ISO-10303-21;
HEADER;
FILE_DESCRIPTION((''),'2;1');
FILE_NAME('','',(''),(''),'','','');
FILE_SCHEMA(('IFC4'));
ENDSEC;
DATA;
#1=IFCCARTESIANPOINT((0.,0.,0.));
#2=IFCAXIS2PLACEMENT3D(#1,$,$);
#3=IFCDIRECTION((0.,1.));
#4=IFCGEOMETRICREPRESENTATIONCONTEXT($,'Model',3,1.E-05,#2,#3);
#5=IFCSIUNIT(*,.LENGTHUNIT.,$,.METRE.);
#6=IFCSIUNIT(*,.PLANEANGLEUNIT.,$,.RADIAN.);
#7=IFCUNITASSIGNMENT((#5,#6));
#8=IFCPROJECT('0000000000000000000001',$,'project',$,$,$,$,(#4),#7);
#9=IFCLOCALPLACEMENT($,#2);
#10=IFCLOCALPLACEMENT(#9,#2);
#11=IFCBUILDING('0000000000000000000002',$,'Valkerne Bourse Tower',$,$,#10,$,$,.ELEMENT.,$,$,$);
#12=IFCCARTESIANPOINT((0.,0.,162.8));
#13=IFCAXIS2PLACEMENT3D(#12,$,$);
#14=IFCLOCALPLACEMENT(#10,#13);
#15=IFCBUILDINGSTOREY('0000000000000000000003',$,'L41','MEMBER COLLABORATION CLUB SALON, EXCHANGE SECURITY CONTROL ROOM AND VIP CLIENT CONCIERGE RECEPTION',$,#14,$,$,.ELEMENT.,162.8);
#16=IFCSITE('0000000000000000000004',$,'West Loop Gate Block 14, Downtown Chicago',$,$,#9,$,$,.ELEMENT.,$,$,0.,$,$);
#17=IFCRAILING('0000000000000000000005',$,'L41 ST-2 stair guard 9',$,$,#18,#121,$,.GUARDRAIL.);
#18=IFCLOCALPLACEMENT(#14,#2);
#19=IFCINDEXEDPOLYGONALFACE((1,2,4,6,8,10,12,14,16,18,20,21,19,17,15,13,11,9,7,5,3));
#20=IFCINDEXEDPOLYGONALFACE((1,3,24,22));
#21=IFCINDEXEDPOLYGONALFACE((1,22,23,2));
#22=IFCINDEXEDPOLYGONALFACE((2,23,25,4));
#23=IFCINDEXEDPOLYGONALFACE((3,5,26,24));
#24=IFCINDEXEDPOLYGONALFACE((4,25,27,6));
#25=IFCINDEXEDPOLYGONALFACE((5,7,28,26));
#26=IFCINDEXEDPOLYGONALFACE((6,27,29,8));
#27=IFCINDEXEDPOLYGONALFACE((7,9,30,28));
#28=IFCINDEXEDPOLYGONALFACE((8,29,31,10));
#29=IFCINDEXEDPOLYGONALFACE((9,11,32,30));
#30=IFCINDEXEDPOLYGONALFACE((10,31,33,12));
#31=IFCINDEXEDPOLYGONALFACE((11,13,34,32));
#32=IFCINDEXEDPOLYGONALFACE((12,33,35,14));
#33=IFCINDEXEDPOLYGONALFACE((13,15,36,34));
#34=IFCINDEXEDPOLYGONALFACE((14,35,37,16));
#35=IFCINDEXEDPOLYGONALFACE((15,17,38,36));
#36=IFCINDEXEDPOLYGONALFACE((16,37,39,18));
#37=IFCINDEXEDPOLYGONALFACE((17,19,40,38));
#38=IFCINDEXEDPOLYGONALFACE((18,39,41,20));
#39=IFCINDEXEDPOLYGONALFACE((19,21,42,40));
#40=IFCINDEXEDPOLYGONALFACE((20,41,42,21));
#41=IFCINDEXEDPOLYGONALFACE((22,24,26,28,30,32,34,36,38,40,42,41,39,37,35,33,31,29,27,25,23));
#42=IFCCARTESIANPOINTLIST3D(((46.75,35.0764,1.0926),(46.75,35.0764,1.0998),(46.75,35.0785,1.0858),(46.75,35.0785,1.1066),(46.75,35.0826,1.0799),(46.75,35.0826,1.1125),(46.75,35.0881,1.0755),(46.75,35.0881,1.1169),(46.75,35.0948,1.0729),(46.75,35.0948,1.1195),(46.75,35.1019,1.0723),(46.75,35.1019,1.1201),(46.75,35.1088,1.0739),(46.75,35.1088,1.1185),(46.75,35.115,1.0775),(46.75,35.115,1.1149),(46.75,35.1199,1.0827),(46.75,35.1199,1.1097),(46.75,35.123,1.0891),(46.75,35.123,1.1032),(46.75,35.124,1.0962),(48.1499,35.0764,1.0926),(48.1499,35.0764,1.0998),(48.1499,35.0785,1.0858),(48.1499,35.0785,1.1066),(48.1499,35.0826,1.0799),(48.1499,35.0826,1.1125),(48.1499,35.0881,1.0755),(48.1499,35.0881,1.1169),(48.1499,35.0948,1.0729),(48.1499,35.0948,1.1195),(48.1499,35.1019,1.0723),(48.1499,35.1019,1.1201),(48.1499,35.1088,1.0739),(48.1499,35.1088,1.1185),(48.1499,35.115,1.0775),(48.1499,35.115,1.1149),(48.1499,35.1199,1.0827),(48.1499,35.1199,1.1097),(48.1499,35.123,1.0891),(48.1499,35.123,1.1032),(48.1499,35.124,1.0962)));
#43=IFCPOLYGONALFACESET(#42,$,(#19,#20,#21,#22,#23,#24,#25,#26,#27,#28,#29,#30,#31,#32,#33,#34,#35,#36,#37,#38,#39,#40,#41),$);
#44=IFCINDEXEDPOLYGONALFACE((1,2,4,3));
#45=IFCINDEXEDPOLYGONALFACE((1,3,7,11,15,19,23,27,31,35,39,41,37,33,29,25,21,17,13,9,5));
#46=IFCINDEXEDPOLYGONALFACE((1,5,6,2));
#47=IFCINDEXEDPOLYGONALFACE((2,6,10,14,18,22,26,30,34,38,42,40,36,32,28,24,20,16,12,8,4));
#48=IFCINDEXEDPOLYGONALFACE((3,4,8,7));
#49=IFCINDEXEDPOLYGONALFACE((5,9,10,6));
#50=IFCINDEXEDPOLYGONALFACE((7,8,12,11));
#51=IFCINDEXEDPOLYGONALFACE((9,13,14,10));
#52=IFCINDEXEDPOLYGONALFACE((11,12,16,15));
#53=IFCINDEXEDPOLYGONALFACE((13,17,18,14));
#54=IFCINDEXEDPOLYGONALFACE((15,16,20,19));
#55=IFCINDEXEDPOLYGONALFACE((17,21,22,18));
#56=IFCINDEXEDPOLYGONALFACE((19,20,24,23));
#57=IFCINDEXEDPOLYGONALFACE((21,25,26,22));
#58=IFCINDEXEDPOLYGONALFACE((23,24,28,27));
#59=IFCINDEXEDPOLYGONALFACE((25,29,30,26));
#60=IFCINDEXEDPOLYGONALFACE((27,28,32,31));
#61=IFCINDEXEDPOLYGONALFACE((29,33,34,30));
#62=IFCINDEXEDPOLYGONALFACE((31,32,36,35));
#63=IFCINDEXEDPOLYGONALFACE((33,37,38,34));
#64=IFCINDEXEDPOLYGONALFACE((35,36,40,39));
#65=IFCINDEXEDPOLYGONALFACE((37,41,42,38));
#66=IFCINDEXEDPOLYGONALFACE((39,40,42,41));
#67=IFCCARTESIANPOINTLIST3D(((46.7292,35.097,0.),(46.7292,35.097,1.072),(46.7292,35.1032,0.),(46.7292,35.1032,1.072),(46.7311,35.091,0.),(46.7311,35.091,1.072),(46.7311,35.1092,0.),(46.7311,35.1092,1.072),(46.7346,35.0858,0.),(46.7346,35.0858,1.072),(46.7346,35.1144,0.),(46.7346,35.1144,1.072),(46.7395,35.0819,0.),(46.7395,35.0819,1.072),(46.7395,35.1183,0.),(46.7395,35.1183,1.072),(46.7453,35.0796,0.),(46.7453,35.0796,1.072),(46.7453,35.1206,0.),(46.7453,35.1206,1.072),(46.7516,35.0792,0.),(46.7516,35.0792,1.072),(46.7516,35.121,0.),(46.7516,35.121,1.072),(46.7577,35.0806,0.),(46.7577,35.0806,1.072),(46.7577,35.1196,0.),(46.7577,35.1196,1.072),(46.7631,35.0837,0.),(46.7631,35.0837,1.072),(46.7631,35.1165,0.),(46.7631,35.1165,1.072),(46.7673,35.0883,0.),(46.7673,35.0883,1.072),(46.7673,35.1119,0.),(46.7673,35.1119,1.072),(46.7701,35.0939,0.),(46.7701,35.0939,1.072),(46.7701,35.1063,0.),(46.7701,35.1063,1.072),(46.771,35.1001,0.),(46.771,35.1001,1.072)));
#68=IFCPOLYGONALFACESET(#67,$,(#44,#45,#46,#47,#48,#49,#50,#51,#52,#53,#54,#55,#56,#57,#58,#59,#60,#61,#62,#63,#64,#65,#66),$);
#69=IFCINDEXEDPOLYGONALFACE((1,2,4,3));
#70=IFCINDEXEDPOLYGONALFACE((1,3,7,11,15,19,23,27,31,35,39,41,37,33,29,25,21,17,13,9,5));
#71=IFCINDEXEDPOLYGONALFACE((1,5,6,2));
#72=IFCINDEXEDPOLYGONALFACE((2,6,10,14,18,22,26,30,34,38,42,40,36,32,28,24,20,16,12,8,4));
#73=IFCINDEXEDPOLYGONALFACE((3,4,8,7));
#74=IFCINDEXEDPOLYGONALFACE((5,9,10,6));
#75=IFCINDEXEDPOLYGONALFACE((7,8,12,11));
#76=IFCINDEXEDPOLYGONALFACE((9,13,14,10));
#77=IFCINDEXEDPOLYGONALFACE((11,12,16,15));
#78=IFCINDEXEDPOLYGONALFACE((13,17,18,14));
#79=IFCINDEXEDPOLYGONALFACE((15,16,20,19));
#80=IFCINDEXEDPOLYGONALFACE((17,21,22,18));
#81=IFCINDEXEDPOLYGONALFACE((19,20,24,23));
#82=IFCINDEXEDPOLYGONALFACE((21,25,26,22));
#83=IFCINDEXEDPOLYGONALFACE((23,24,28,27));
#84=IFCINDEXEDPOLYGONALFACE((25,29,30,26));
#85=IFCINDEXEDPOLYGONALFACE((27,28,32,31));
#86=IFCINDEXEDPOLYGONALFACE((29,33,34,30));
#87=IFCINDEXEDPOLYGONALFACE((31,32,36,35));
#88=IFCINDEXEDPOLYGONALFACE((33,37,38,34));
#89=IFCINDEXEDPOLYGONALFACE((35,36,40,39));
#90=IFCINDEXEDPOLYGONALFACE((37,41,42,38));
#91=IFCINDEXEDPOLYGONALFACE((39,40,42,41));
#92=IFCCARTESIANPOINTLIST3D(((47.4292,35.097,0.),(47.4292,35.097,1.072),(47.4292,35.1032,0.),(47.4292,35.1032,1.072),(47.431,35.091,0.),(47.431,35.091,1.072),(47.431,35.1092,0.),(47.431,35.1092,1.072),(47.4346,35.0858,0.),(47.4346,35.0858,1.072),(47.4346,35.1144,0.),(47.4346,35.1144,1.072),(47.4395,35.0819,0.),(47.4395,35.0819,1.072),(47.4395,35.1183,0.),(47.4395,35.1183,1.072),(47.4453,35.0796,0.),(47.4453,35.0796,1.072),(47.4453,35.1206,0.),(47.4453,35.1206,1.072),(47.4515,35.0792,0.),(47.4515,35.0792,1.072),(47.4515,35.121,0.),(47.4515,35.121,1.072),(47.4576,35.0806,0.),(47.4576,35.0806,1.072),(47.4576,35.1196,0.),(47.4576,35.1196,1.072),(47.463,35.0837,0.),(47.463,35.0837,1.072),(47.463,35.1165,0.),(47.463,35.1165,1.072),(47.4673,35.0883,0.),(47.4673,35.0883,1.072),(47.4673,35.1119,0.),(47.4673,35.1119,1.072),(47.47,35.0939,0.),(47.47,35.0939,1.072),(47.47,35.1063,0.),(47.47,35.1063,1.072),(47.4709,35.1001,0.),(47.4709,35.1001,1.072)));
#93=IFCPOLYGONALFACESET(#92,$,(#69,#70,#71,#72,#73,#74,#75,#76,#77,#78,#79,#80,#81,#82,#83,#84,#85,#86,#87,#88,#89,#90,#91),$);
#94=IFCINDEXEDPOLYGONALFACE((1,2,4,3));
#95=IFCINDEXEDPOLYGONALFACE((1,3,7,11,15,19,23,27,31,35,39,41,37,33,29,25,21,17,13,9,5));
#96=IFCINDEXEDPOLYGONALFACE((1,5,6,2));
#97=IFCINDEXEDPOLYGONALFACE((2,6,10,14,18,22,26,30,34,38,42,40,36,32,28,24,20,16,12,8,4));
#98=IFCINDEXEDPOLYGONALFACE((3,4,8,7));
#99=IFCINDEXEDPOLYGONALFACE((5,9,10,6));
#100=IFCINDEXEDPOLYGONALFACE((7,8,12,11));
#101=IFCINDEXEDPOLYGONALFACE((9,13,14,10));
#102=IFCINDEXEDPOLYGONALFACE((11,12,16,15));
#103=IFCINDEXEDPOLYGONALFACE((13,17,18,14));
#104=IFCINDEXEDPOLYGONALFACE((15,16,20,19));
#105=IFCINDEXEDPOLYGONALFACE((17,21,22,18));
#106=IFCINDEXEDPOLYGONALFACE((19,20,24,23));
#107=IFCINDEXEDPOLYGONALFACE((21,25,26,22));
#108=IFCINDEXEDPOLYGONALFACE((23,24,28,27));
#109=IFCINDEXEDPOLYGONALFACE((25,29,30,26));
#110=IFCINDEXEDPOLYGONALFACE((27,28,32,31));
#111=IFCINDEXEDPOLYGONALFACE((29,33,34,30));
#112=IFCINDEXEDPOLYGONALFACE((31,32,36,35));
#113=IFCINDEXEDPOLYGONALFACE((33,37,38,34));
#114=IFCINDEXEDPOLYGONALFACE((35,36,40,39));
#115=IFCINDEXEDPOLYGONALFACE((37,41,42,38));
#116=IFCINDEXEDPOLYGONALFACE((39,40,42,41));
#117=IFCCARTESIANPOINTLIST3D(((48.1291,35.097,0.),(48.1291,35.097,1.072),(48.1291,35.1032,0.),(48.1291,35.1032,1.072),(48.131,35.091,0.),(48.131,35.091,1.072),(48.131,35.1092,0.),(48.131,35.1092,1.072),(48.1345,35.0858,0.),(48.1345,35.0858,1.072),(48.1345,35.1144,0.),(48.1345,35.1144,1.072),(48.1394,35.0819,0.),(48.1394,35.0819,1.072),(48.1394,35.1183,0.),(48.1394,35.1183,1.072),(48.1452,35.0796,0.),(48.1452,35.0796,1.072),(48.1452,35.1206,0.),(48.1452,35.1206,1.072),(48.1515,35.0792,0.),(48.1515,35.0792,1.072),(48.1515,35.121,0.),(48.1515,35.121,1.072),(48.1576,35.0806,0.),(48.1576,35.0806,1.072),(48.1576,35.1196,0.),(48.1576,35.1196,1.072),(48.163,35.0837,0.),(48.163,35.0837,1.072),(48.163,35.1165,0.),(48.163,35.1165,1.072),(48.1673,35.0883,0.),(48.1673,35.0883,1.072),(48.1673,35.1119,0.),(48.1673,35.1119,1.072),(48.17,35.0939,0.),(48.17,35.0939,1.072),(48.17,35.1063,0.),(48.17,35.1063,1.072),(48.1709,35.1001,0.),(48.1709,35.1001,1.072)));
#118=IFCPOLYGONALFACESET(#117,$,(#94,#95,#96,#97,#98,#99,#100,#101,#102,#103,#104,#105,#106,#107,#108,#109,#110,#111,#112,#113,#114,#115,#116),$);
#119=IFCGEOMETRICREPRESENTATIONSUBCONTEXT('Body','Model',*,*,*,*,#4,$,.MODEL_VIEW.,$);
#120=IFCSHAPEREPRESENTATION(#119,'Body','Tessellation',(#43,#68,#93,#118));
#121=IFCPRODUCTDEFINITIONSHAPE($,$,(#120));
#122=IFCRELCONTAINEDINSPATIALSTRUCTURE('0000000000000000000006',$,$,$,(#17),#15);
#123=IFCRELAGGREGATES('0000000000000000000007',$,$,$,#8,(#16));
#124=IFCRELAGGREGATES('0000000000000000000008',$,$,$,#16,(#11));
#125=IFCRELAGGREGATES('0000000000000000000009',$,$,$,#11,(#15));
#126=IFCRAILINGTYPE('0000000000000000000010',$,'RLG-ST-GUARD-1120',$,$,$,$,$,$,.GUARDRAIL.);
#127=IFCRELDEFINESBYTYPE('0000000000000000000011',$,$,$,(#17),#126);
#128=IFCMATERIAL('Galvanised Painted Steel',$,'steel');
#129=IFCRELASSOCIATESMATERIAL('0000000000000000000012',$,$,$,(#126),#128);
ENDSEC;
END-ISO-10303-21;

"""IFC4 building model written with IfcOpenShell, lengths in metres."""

from ifc_helpers import new_model, si_unit, direction, frame, origin, origin_2d, place, context, subcontext, project, spatial, circle, extrude, material, type_object, element, save


model = new_model("IFC4")

# Units and contexts
model_context = context("Model", 3, precision=1e-05, world=origin(), true_north=direction((0.0, 1.0)))
body_context = subcontext(model_context, "Body", "Model", "MODEL_VIEW")
ifc_project = project(units=[si_unit("LENGTHUNIT", "METRE"), si_unit("PLANEANGLEUNIT", "RADIAN")], contexts=[model_context])

# Site, building, storey
site_placement = place(None, origin())
site = spatial("IfcSite", under=ifc_project, at=site_placement, Name="West Loop Gate Block 14, Downtown Chicago", CompositionType="ELEMENT", RefElevation=0.0)
building_placement = place(site_placement, origin())
building = spatial("IfcBuilding", under=site, at=building_placement, Name="Valkerne Bourse Tower", CompositionType="ELEMENT")
storey_placement = place(building_placement, frame((0.0, 0.0, 162.8)))
storey = spatial("IfcBuildingStorey", under=building, at=storey_placement, Name="L41", Description="MEMBER COLLABORATION CLUB SALON, EXCHANGE SECURITY CONTROL ROOM AND VIP CLIENT CONCIERGE RECEPTION", CompositionType="ELEMENT", Elevation=162.8)

# Shared definitions
ifc_material_1 = material(Name="Galvanised Painted Steel", Category="steel")

# Railing
railing_type_1 = type_object("IfcRailingType", Name="RLG-ST-GUARD-1120", PredefinedType="GUARDRAIL", material=ifc_material_1)
for number, where, name in (
    (1, (46.75, 35.1001, 0.0), "L41 ST-2 stair guard 9"),
):
    element("IfcRailing", number, at=place(storey_placement, frame(where)), inside=storey, type_object=railing_type_1, Name=name, PredefinedType="GUARDRAIL", context=body_context, shape_type="SweptSolid", body=[
        extrude(circle(Radius=0.0239, at=origin_2d()), frame((0.0, 0.0, 1.0962), z_axis=(1.0, 0.0, 0.0), x_axis=(0.0, 1.0, 0.0)), (0.0, 0.0, 1.0), 1.3999),
        extrude(circle(Radius=0.021, at=origin_2d()), origin(), (0.0, 0.0, 1.0), 1.072),
        extrude(circle(Radius=0.021, at=origin_2d()), frame((0.7, 0.0, 0.0)), (0.0, 0.0, 1.0), 1.072),
        extrude(circle(Radius=0.021, at=origin_2d()), frame((1.3999, 0.0, 0.0)), (0.0, 0.0, 1.0), 1.072),
    ])

save(model, "model.ifc")
